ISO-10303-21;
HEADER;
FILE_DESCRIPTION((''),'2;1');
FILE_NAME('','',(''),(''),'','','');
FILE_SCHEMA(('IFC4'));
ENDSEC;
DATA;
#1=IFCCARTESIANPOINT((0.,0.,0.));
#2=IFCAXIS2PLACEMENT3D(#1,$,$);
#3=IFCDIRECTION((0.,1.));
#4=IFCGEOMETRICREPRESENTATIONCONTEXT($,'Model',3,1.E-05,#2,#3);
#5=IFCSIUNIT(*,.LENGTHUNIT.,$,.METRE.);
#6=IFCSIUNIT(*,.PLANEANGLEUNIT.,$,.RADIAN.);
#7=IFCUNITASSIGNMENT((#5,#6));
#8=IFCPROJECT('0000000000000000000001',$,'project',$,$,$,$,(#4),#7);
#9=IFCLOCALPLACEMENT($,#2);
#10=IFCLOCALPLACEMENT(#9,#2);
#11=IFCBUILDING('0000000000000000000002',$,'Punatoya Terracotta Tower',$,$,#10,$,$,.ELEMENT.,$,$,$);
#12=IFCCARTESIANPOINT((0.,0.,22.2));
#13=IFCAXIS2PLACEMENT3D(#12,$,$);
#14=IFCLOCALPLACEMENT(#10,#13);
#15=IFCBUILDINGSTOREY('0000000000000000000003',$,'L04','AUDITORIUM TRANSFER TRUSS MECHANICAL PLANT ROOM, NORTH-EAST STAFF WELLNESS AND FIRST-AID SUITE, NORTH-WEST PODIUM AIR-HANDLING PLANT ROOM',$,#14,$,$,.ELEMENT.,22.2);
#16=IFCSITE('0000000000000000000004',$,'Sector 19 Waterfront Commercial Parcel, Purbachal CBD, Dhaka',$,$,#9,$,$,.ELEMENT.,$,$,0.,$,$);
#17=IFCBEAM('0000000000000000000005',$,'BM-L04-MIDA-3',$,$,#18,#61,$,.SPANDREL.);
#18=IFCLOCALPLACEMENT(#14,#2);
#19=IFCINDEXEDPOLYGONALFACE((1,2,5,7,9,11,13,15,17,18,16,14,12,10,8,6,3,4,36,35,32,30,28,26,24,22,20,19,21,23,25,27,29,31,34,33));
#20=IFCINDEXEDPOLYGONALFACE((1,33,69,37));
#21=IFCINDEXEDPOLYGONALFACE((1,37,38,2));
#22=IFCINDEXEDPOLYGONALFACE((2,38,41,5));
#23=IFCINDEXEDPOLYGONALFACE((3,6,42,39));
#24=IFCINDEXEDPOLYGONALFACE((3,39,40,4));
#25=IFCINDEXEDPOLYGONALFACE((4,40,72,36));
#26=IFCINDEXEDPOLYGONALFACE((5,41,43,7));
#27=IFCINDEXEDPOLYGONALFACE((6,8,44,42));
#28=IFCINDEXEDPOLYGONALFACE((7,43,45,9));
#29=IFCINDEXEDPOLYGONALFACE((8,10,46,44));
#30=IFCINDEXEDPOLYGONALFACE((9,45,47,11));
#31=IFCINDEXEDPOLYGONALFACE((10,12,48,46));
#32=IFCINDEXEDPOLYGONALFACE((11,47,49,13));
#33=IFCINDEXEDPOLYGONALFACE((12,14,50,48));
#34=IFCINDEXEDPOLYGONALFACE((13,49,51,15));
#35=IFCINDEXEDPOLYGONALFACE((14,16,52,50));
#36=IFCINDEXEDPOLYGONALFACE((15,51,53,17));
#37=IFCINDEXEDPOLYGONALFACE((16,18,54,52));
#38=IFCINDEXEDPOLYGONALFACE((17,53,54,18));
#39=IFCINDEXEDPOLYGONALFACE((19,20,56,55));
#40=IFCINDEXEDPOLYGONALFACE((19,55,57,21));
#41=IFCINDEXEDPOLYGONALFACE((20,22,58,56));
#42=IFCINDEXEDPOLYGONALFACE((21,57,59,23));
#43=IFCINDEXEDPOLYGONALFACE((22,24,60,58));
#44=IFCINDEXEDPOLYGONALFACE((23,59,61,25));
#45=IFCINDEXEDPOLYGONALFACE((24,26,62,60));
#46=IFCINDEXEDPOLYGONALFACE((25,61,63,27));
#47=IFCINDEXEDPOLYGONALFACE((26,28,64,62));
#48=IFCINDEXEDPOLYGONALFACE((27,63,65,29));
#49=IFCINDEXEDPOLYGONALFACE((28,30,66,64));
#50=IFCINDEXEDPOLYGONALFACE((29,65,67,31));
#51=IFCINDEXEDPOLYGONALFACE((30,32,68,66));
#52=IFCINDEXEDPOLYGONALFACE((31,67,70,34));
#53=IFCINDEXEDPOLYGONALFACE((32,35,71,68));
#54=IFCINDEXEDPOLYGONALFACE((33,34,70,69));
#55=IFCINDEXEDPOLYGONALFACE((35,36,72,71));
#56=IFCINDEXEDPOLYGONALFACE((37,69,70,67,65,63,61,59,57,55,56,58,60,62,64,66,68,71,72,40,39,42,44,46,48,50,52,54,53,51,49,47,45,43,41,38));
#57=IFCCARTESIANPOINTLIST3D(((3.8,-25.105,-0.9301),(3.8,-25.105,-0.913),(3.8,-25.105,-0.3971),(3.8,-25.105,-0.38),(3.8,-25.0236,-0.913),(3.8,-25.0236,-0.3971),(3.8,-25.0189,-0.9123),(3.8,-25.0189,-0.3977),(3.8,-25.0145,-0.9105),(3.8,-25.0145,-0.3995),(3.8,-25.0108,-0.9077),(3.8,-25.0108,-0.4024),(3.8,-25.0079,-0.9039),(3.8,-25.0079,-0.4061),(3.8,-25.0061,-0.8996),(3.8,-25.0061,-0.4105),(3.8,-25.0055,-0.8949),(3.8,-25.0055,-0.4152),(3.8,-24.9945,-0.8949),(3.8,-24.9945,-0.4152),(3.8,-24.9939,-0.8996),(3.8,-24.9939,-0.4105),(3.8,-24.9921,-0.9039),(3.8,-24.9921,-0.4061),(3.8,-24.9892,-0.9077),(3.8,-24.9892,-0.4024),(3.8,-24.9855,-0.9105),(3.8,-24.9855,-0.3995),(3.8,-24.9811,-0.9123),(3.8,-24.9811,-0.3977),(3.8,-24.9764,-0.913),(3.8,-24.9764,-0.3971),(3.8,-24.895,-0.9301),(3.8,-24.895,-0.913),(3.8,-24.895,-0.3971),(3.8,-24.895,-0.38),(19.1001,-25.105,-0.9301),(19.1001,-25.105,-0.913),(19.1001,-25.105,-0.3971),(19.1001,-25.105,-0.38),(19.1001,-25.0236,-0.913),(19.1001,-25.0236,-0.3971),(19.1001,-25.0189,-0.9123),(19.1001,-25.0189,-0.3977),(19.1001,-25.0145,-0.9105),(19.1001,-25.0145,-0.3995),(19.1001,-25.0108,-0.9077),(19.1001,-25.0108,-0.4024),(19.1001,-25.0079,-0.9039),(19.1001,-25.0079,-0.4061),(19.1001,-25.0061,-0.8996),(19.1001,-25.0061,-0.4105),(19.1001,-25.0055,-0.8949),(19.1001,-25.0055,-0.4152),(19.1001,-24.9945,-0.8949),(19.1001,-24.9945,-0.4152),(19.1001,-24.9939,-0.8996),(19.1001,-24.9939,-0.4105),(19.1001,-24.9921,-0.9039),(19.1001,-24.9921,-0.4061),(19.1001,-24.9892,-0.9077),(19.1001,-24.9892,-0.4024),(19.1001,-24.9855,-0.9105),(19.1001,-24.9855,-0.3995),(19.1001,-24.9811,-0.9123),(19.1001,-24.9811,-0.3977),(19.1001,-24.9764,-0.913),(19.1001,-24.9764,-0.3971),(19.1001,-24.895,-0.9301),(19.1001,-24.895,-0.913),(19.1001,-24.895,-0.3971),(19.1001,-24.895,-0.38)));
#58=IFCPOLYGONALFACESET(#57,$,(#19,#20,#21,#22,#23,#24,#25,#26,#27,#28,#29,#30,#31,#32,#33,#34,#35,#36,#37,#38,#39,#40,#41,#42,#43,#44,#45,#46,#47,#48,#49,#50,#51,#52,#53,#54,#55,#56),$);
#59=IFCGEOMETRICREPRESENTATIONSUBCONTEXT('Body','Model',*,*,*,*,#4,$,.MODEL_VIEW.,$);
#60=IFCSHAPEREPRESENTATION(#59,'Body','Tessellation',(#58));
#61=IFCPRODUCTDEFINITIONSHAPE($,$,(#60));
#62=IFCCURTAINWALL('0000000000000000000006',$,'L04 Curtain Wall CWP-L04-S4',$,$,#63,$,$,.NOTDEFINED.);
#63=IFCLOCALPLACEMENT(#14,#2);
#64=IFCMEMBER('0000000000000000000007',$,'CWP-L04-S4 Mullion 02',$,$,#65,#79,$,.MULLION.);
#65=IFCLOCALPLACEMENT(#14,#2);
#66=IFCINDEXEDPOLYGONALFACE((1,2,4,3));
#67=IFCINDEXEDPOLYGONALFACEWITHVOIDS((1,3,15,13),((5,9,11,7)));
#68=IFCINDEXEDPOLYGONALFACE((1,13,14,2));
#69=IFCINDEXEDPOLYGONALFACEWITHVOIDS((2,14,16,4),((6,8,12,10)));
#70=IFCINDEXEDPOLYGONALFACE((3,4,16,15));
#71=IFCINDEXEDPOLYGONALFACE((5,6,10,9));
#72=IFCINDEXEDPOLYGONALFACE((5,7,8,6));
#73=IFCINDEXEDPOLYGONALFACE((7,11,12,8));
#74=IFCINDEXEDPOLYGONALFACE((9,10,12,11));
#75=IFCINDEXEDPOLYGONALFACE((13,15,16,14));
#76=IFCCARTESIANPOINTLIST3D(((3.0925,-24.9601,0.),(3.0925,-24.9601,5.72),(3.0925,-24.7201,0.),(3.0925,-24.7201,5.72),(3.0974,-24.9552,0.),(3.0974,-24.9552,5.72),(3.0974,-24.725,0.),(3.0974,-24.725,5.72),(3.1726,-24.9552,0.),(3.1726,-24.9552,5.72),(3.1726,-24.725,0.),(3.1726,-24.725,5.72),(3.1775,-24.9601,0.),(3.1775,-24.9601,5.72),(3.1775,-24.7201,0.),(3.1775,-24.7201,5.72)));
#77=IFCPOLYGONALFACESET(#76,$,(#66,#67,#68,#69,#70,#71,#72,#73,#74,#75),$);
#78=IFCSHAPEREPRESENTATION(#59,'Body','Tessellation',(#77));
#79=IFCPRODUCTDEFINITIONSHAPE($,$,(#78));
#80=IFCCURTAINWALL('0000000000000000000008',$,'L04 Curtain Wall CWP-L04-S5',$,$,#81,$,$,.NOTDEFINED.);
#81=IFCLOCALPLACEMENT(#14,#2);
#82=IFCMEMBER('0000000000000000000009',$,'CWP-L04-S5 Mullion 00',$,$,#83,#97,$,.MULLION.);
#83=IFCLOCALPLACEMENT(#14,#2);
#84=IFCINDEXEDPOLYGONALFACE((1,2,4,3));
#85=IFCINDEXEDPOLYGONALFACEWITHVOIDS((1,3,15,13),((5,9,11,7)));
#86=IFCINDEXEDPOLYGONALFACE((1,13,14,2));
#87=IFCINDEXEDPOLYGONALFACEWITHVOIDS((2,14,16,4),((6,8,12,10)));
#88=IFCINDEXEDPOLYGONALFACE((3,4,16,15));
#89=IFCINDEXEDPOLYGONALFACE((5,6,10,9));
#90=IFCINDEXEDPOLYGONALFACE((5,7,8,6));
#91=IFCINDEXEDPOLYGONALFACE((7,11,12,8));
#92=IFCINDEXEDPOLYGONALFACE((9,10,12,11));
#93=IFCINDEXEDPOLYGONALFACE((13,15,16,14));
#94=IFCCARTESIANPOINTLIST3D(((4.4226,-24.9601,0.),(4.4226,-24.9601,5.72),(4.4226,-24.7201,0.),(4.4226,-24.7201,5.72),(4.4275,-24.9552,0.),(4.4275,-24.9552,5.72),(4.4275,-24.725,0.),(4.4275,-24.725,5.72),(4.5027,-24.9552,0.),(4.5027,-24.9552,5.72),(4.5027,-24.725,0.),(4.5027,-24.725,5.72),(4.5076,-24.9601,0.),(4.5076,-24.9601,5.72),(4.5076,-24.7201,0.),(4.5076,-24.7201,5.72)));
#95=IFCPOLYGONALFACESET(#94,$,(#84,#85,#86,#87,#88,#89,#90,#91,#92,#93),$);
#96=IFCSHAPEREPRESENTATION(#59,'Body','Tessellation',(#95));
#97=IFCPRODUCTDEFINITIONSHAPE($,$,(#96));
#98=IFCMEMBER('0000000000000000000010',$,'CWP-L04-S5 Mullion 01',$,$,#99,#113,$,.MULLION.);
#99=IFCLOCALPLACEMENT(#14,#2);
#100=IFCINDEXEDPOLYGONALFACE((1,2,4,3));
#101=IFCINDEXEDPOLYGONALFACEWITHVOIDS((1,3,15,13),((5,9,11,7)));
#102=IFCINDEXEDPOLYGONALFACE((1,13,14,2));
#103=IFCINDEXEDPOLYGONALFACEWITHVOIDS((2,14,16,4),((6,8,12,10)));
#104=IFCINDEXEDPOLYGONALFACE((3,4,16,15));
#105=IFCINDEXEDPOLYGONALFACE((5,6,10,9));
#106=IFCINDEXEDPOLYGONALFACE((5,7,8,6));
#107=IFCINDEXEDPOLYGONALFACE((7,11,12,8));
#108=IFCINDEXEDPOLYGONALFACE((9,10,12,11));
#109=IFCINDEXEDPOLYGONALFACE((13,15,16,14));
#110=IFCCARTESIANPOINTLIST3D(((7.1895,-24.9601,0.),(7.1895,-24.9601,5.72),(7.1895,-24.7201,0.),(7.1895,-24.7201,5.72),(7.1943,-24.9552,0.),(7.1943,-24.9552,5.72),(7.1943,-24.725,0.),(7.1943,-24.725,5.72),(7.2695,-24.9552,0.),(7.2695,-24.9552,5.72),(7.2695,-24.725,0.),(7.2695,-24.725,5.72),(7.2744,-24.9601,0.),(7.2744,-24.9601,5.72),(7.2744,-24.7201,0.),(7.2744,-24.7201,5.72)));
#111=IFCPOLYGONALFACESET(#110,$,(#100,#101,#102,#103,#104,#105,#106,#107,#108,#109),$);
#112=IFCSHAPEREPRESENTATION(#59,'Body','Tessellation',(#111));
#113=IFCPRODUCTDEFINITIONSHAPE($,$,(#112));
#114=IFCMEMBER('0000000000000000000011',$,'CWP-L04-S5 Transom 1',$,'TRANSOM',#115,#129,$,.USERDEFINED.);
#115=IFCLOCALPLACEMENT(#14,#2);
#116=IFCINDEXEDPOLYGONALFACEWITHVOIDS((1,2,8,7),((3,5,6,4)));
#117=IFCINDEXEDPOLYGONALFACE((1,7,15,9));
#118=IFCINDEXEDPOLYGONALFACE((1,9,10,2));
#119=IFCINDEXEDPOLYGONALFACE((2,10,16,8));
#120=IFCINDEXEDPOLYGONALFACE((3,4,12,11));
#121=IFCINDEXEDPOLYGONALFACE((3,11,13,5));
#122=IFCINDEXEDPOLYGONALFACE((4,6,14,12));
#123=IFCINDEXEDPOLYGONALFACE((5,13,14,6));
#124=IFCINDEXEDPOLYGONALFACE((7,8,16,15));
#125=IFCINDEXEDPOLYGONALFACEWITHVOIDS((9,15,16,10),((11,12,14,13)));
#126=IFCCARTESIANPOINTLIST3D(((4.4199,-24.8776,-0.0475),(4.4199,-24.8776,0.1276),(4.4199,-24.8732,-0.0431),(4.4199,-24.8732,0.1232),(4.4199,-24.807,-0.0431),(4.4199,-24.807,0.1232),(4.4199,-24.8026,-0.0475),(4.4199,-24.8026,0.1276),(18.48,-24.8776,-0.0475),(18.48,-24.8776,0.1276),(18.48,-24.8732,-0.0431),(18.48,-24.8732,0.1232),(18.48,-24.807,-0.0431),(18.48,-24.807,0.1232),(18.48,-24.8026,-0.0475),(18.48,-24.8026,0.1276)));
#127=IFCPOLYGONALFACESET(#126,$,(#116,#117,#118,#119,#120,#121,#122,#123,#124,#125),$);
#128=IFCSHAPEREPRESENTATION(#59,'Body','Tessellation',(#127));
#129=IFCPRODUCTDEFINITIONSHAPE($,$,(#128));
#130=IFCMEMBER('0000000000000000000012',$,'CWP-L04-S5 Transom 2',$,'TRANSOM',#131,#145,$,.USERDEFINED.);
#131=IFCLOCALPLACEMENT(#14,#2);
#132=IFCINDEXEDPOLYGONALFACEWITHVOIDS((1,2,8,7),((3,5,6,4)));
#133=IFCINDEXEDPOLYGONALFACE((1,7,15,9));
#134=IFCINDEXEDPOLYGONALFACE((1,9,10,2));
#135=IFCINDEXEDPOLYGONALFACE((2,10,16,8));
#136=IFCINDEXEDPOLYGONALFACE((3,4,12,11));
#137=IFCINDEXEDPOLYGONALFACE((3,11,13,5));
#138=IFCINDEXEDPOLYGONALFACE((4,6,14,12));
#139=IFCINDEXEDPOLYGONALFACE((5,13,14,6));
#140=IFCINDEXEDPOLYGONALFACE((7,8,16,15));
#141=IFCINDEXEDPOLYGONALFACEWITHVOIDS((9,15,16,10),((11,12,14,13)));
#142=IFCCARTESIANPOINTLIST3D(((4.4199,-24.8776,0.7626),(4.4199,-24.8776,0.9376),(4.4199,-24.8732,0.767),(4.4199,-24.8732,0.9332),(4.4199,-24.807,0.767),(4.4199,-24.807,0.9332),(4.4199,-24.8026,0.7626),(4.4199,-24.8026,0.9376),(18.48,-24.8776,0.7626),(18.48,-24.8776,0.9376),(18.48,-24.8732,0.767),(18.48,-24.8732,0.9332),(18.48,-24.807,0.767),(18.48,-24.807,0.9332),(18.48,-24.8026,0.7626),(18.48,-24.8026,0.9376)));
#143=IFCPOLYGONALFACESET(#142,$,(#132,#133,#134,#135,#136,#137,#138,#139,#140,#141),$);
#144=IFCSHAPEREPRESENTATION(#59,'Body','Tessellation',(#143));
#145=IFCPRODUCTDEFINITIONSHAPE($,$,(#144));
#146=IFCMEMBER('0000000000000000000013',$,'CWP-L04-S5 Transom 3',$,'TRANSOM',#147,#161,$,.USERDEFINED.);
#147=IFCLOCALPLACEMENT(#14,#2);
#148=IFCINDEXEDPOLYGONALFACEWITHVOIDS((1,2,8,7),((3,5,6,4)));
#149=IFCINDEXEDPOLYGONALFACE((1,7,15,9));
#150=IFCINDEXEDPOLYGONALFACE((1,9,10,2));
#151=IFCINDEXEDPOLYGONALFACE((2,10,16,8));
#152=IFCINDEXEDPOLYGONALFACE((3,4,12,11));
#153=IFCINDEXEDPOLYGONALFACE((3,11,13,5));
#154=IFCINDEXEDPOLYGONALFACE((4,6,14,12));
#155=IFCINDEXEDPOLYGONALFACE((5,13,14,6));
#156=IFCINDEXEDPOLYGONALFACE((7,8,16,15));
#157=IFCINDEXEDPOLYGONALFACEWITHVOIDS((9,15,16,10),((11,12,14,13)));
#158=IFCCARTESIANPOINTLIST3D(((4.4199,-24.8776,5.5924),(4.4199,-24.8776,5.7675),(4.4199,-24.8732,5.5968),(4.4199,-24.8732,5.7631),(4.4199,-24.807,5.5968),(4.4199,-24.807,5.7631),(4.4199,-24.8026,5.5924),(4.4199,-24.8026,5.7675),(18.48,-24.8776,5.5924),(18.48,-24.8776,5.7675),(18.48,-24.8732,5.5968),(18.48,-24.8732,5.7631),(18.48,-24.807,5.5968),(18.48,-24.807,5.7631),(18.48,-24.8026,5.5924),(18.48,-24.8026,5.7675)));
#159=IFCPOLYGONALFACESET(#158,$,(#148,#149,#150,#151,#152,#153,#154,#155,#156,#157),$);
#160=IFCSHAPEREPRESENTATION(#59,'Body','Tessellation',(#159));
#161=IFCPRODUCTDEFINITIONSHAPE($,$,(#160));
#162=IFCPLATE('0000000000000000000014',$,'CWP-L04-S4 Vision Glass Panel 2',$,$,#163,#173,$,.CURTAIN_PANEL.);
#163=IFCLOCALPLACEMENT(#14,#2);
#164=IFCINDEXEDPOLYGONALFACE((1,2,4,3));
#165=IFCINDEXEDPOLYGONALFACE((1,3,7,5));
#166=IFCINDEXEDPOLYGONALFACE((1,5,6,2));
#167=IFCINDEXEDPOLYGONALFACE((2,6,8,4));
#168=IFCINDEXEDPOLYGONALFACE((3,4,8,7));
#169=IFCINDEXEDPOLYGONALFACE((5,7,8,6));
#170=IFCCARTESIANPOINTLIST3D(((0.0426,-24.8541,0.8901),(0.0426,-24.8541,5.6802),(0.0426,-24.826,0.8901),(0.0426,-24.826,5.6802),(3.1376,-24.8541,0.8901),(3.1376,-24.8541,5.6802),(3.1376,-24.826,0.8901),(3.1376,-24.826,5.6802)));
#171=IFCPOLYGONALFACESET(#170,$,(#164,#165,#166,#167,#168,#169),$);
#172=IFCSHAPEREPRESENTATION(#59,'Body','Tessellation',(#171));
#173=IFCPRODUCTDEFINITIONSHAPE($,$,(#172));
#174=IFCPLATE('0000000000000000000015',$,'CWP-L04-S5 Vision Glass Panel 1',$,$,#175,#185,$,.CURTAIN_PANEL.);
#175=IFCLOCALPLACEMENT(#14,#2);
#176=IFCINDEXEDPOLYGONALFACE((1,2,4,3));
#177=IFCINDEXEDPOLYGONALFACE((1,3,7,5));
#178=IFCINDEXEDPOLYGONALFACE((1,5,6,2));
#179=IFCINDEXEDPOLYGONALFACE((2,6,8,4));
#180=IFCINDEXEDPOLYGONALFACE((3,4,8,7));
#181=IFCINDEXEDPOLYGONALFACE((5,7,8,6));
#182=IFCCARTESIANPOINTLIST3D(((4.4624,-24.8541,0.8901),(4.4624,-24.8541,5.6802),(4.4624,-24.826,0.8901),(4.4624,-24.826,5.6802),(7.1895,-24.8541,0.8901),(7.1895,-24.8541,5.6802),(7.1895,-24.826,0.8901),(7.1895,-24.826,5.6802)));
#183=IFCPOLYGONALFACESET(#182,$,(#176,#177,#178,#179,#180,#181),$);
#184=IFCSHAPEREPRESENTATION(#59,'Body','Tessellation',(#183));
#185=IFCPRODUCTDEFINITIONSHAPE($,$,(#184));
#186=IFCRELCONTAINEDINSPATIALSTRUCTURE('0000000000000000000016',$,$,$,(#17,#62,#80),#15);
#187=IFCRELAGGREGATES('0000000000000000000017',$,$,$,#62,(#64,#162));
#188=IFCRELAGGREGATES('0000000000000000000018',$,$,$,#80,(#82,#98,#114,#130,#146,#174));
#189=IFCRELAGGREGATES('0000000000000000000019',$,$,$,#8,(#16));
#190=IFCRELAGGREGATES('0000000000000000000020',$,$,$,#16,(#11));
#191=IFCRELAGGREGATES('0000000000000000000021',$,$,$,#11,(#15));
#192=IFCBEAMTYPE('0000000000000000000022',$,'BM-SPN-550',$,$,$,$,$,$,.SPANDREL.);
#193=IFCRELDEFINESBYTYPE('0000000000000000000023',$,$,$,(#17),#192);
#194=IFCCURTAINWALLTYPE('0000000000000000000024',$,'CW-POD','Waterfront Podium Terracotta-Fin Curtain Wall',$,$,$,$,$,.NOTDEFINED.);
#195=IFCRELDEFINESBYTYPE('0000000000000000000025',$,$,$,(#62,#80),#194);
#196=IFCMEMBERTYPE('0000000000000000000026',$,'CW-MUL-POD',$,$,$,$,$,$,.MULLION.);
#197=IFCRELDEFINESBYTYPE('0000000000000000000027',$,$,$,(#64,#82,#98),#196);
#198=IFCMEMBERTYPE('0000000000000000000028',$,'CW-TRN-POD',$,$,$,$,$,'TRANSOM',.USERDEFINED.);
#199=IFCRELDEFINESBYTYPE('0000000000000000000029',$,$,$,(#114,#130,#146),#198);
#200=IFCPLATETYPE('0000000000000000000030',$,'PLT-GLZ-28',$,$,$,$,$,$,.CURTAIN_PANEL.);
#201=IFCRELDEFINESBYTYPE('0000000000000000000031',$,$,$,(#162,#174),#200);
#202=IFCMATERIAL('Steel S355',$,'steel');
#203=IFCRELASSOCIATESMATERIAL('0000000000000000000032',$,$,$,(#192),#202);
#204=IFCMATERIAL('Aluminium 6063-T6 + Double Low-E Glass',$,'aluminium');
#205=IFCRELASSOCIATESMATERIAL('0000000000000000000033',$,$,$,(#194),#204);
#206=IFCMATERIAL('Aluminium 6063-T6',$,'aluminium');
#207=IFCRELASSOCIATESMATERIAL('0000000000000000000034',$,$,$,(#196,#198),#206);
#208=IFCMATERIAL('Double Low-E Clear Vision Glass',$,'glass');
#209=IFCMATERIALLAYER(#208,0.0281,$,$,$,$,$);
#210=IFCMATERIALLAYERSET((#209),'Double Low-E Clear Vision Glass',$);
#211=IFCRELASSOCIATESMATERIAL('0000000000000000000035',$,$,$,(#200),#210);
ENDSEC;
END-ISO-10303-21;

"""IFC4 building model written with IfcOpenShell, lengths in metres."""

from ifc_helpers import new_model, si_unit, direction, frame, origin, origin_2d, place, context, subcontext, project, spatial, rectangle, hollow_rectangle, i_section, extrude, material, layer, layer_set, material_profile, profile_set, type_object, element, aggregate, save


model = new_model("IFC4")

# Units and contexts
model_context = context("Model", 3, precision=1e-05, world=origin(), true_north=direction((0.0, 1.0)))
body_context = subcontext(model_context, "Body", "Model", "MODEL_VIEW")
ifc_project = project(units=[si_unit("LENGTHUNIT", "METRE"), si_unit("PLANEANGLEUNIT", "RADIAN")], contexts=[model_context])

# Site, building, storey
site_placement = place(None, origin())
site = spatial("IfcSite", under=ifc_project, at=site_placement, Name="Sector 19 Waterfront Commercial Parcel, Purbachal CBD, Dhaka", CompositionType="ELEMENT", RefElevation=0.0)
building_placement = place(site_placement, origin())
building = spatial("IfcBuilding", under=site, at=building_placement, Name="Punatoya Terracotta Tower", CompositionType="ELEMENT")
storey_placement = place(building_placement, frame((0.0, 0.0, 22.2)))
storey = spatial("IfcBuildingStorey", under=building, at=storey_placement, Name="L04", Description="AUDITORIUM TRANSFER TRUSS MECHANICAL PLANT ROOM, NORTH-EAST STAFF WELLNESS AND FIRST-AID SUITE, NORTH-WEST PODIUM AIR-HANDLING PLANT ROOM", CompositionType="ELEMENT", Elevation=22.2)

# Beam
ifc_material_1 = material(Name="Steel S355", Category="steel")
ifc_material_profile_1 = material_profile(ifc_material_1, i_section(OverallWidth=0.21, OverallDepth=0.55, WebThickness=0.011, FlangeThickness=0.0171, FilletRadius=0.0181, at=origin_2d()))
ifc_profile_set_1 = profile_set([ifc_material_profile_1], Name="Steel S355")
beam_type_1 = type_object("IfcBeamType", Name="BM-SPN-550", PredefinedType="SPANDREL", material=ifc_profile_set_1)
beam_1_placement = place(storey_placement, frame((3.8, -25.0, -0.655), z_axis=(1.0, 0.0, 0.0), x_axis=(0.0, 1.0, 0.0)))
element("IfcBeam", 1, at=beam_1_placement, inside=storey, type_object=beam_type_1, Name="BM-L04-MIDA-3", PredefinedType="SPANDREL", context=body_context, shape_type="SweptSolid", body=[
    extrude(i_section(OverallWidth=0.21, OverallDepth=0.55, WebThickness=0.011, FlangeThickness=0.0171, FilletRadius=0.0181, at=origin_2d()), origin(), (0.0, 0.0, 1.0), 15.3),
])

# Curtain wall, member
ifc_material_2 = material(Name="Aluminium 6063-T6 + Double Low-E Glass", Category="aluminium")
curtain_wall_type = type_object("IfcCurtainWallType", Name="CW-POD", Description="Waterfront Podium Terracotta-Fin Curtain Wall", PredefinedType="NOTDEFINED", material=ifc_material_2)
curtain_wall_1_placement = place(storey_placement, origin())
curtain_wall_1 = element("IfcCurtainWall", 2, at=curtain_wall_1_placement, inside=storey, type_object=curtain_wall_type, Name="L04 Curtain Wall CWP-L04-S4", PredefinedType="NOTDEFINED")
ifc_material_3 = material(Name="Aluminium 6063-T6", Category="aluminium")
ifc_material_profile_2 = material_profile(ifc_material_3, hollow_rectangle(XDim=0.085, YDim=0.24, WallThickness=0.0049, at=origin_2d()))
ifc_profile_set_2 = profile_set([ifc_material_profile_2], Name="Aluminium 6063-T6")
member_type_1 = type_object("IfcMemberType", Name="CW-MUL-POD", PredefinedType="MULLION", material=ifc_profile_set_2)
member_1_placement = place(storey_placement, frame((3.135, -24.8401, 0.0), z_axis=(0.0, 0.0, 1.0), x_axis=(1.0, 0.0, 0.0)))
member_1 = element("IfcMember", 3, at=member_1_placement, type_object=member_type_1, Name="CWP-L04-S4 Mullion 02", PredefinedType="MULLION", context=body_context, shape_type="SweptSolid", body=[
    extrude(hollow_rectangle(XDim=0.085, YDim=0.24, WallThickness=0.0049, at=origin_2d()), origin(), (0.0, 0.0, 1.0), 5.72),
])

# Curtain wall, members
curtain_wall_2_placement = place(storey_placement, origin())
curtain_wall_2 = element("IfcCurtainWall", 4, at=curtain_wall_2_placement, inside=storey, type_object=curtain_wall_type, Name="L04 Curtain Wall CWP-L04-S5", PredefinedType="NOTDEFINED")
member_2_placement = place(storey_placement, frame((4.4651, -24.8401, 0.0), z_axis=(0.0, 0.0, 1.0), x_axis=(1.0, 0.0, 0.0)))
member_2 = element("IfcMember", 5, at=member_2_placement, type_object=member_type_1, Name="CWP-L04-S5 Mullion 00", PredefinedType="MULLION", context=body_context, shape_type="SweptSolid", body=[
    extrude(hollow_rectangle(XDim=0.085, YDim=0.24, WallThickness=0.0049, at=origin_2d()), origin(), (0.0, 0.0, 1.0), 5.72),
])
member_3_placement = place(storey_placement, frame((7.2319, -24.8401, 0.0), z_axis=(0.0, 0.0, 1.0), x_axis=(1.0, 0.0, 0.0)))
member_3 = element("IfcMember", 6, at=member_3_placement, type_object=member_type_1, Name="CWP-L04-S5 Mullion 01", PredefinedType="MULLION", context=body_context, shape_type="SweptSolid", body=[
    extrude(hollow_rectangle(XDim=0.085, YDim=0.24, WallThickness=0.0049, at=origin_2d()), origin(), (0.0, 0.0, 1.0), 5.72),
])
ifc_material_profile_3 = material_profile(ifc_material_3, hollow_rectangle(XDim=0.075, YDim=0.175, WallThickness=0.0044, at=origin_2d()))
ifc_profile_set_3 = profile_set([ifc_material_profile_3], Name="Aluminium 6063-T6")
member_type_2 = type_object("IfcMemberType", Name="CW-TRN-POD", ElementType="TRANSOM", PredefinedType="USERDEFINED", material=ifc_profile_set_3)
member_4_placement = place(storey_placement, frame((4.4199, -24.8401, 0.04), z_axis=(1.0, 0.0, 0.0), x_axis=(0.0, 1.0, 0.0)))
member_4 = element("IfcMember", 7, at=member_4_placement, type_object=member_type_2, Name="CWP-L04-S5 Transom 1", ObjectType="TRANSOM", PredefinedType="USERDEFINED", context=body_context, shape_type="SweptSolid", body=[
    extrude(hollow_rectangle(XDim=0.075, YDim=0.175, WallThickness=0.0044, at=origin_2d()), origin(), (0.0, 0.0, 1.0), 14.0601),
])
member_5_placement = place(storey_placement, frame((4.4199, -24.8401, 0.8501), z_axis=(1.0, 0.0, 0.0), x_axis=(0.0, 1.0, 0.0)))
member_5 = element("IfcMember", 8, at=member_5_placement, type_object=member_type_2, Name="CWP-L04-S5 Transom 2", ObjectType="TRANSOM", PredefinedType="USERDEFINED", context=body_context, shape_type="SweptSolid", body=[
    extrude(hollow_rectangle(XDim=0.075, YDim=0.175, WallThickness=0.0044, at=origin_2d()), origin(), (0.0, 0.0, 1.0), 14.0601),
])
member_6_placement = place(storey_placement, frame((4.4199, -24.8401, 5.6799), z_axis=(1.0, 0.0, 0.0), x_axis=(0.0, 1.0, 0.0)))
member_6 = element("IfcMember", 9, at=member_6_placement, type_object=member_type_2, Name="CWP-L04-S5 Transom 3", ObjectType="TRANSOM", PredefinedType="USERDEFINED", context=body_context, shape_type="SweptSolid", body=[
    extrude(hollow_rectangle(XDim=0.075, YDim=0.175, WallThickness=0.0044, at=origin_2d()), origin(), (0.0, 0.0, 1.0), 14.0601),
])

# Plates
ifc_material_4 = material(Name="Double Low-E Clear Vision Glass", Category="glass")
ifc_layer_1 = layer(ifc_material_4, 0.0281)
ifc_layer_set_1 = layer_set([ifc_layer_1], Name="Double Low-E Clear Vision Glass")
plate_type_1 = type_object("IfcPlateType", Name="PLT-GLZ-28", PredefinedType="CURTAIN_PANEL", material=ifc_layer_set_1)
plate_1_placement = place(storey_placement, frame((1.5901, -24.8401, 0.8901), z_axis=(0.0, 0.0, 1.0), x_axis=(1.0, 0.0, 0.0)))
plate_1 = element("IfcPlate", 10, at=plate_1_placement, type_object=plate_type_1, Name="CWP-L04-S4 Vision Glass Panel 2", PredefinedType="CURTAIN_PANEL", context=body_context, shape_type="SweptSolid", body=[
    extrude(rectangle(XDim=3.095, YDim=0.0281, at=origin_2d()), origin(), (0.0, 0.0, 1.0), 4.79),
])
plate_2_placement = place(storey_placement, frame((5.8259, -24.8401, 0.8901), z_axis=(0.0, 0.0, 1.0), x_axis=(1.0, 0.0, 0.0)))
plate_2 = element("IfcPlate", 11, at=plate_2_placement, type_object=plate_type_1, Name="CWP-L04-S5 Vision Glass Panel 1", PredefinedType="CURTAIN_PANEL", context=body_context, shape_type="SweptSolid", body=[
    extrude(rectangle(XDim=2.7271, YDim=0.0281, at=origin_2d()), origin(), (0.0, 0.0, 1.0), 4.79),
])
aggregate(curtain_wall_1, [member_1, plate_1])
aggregate(curtain_wall_2, [member_2, member_3, member_4, member_5, member_6, plate_2])

save(model, "model.ifc")
